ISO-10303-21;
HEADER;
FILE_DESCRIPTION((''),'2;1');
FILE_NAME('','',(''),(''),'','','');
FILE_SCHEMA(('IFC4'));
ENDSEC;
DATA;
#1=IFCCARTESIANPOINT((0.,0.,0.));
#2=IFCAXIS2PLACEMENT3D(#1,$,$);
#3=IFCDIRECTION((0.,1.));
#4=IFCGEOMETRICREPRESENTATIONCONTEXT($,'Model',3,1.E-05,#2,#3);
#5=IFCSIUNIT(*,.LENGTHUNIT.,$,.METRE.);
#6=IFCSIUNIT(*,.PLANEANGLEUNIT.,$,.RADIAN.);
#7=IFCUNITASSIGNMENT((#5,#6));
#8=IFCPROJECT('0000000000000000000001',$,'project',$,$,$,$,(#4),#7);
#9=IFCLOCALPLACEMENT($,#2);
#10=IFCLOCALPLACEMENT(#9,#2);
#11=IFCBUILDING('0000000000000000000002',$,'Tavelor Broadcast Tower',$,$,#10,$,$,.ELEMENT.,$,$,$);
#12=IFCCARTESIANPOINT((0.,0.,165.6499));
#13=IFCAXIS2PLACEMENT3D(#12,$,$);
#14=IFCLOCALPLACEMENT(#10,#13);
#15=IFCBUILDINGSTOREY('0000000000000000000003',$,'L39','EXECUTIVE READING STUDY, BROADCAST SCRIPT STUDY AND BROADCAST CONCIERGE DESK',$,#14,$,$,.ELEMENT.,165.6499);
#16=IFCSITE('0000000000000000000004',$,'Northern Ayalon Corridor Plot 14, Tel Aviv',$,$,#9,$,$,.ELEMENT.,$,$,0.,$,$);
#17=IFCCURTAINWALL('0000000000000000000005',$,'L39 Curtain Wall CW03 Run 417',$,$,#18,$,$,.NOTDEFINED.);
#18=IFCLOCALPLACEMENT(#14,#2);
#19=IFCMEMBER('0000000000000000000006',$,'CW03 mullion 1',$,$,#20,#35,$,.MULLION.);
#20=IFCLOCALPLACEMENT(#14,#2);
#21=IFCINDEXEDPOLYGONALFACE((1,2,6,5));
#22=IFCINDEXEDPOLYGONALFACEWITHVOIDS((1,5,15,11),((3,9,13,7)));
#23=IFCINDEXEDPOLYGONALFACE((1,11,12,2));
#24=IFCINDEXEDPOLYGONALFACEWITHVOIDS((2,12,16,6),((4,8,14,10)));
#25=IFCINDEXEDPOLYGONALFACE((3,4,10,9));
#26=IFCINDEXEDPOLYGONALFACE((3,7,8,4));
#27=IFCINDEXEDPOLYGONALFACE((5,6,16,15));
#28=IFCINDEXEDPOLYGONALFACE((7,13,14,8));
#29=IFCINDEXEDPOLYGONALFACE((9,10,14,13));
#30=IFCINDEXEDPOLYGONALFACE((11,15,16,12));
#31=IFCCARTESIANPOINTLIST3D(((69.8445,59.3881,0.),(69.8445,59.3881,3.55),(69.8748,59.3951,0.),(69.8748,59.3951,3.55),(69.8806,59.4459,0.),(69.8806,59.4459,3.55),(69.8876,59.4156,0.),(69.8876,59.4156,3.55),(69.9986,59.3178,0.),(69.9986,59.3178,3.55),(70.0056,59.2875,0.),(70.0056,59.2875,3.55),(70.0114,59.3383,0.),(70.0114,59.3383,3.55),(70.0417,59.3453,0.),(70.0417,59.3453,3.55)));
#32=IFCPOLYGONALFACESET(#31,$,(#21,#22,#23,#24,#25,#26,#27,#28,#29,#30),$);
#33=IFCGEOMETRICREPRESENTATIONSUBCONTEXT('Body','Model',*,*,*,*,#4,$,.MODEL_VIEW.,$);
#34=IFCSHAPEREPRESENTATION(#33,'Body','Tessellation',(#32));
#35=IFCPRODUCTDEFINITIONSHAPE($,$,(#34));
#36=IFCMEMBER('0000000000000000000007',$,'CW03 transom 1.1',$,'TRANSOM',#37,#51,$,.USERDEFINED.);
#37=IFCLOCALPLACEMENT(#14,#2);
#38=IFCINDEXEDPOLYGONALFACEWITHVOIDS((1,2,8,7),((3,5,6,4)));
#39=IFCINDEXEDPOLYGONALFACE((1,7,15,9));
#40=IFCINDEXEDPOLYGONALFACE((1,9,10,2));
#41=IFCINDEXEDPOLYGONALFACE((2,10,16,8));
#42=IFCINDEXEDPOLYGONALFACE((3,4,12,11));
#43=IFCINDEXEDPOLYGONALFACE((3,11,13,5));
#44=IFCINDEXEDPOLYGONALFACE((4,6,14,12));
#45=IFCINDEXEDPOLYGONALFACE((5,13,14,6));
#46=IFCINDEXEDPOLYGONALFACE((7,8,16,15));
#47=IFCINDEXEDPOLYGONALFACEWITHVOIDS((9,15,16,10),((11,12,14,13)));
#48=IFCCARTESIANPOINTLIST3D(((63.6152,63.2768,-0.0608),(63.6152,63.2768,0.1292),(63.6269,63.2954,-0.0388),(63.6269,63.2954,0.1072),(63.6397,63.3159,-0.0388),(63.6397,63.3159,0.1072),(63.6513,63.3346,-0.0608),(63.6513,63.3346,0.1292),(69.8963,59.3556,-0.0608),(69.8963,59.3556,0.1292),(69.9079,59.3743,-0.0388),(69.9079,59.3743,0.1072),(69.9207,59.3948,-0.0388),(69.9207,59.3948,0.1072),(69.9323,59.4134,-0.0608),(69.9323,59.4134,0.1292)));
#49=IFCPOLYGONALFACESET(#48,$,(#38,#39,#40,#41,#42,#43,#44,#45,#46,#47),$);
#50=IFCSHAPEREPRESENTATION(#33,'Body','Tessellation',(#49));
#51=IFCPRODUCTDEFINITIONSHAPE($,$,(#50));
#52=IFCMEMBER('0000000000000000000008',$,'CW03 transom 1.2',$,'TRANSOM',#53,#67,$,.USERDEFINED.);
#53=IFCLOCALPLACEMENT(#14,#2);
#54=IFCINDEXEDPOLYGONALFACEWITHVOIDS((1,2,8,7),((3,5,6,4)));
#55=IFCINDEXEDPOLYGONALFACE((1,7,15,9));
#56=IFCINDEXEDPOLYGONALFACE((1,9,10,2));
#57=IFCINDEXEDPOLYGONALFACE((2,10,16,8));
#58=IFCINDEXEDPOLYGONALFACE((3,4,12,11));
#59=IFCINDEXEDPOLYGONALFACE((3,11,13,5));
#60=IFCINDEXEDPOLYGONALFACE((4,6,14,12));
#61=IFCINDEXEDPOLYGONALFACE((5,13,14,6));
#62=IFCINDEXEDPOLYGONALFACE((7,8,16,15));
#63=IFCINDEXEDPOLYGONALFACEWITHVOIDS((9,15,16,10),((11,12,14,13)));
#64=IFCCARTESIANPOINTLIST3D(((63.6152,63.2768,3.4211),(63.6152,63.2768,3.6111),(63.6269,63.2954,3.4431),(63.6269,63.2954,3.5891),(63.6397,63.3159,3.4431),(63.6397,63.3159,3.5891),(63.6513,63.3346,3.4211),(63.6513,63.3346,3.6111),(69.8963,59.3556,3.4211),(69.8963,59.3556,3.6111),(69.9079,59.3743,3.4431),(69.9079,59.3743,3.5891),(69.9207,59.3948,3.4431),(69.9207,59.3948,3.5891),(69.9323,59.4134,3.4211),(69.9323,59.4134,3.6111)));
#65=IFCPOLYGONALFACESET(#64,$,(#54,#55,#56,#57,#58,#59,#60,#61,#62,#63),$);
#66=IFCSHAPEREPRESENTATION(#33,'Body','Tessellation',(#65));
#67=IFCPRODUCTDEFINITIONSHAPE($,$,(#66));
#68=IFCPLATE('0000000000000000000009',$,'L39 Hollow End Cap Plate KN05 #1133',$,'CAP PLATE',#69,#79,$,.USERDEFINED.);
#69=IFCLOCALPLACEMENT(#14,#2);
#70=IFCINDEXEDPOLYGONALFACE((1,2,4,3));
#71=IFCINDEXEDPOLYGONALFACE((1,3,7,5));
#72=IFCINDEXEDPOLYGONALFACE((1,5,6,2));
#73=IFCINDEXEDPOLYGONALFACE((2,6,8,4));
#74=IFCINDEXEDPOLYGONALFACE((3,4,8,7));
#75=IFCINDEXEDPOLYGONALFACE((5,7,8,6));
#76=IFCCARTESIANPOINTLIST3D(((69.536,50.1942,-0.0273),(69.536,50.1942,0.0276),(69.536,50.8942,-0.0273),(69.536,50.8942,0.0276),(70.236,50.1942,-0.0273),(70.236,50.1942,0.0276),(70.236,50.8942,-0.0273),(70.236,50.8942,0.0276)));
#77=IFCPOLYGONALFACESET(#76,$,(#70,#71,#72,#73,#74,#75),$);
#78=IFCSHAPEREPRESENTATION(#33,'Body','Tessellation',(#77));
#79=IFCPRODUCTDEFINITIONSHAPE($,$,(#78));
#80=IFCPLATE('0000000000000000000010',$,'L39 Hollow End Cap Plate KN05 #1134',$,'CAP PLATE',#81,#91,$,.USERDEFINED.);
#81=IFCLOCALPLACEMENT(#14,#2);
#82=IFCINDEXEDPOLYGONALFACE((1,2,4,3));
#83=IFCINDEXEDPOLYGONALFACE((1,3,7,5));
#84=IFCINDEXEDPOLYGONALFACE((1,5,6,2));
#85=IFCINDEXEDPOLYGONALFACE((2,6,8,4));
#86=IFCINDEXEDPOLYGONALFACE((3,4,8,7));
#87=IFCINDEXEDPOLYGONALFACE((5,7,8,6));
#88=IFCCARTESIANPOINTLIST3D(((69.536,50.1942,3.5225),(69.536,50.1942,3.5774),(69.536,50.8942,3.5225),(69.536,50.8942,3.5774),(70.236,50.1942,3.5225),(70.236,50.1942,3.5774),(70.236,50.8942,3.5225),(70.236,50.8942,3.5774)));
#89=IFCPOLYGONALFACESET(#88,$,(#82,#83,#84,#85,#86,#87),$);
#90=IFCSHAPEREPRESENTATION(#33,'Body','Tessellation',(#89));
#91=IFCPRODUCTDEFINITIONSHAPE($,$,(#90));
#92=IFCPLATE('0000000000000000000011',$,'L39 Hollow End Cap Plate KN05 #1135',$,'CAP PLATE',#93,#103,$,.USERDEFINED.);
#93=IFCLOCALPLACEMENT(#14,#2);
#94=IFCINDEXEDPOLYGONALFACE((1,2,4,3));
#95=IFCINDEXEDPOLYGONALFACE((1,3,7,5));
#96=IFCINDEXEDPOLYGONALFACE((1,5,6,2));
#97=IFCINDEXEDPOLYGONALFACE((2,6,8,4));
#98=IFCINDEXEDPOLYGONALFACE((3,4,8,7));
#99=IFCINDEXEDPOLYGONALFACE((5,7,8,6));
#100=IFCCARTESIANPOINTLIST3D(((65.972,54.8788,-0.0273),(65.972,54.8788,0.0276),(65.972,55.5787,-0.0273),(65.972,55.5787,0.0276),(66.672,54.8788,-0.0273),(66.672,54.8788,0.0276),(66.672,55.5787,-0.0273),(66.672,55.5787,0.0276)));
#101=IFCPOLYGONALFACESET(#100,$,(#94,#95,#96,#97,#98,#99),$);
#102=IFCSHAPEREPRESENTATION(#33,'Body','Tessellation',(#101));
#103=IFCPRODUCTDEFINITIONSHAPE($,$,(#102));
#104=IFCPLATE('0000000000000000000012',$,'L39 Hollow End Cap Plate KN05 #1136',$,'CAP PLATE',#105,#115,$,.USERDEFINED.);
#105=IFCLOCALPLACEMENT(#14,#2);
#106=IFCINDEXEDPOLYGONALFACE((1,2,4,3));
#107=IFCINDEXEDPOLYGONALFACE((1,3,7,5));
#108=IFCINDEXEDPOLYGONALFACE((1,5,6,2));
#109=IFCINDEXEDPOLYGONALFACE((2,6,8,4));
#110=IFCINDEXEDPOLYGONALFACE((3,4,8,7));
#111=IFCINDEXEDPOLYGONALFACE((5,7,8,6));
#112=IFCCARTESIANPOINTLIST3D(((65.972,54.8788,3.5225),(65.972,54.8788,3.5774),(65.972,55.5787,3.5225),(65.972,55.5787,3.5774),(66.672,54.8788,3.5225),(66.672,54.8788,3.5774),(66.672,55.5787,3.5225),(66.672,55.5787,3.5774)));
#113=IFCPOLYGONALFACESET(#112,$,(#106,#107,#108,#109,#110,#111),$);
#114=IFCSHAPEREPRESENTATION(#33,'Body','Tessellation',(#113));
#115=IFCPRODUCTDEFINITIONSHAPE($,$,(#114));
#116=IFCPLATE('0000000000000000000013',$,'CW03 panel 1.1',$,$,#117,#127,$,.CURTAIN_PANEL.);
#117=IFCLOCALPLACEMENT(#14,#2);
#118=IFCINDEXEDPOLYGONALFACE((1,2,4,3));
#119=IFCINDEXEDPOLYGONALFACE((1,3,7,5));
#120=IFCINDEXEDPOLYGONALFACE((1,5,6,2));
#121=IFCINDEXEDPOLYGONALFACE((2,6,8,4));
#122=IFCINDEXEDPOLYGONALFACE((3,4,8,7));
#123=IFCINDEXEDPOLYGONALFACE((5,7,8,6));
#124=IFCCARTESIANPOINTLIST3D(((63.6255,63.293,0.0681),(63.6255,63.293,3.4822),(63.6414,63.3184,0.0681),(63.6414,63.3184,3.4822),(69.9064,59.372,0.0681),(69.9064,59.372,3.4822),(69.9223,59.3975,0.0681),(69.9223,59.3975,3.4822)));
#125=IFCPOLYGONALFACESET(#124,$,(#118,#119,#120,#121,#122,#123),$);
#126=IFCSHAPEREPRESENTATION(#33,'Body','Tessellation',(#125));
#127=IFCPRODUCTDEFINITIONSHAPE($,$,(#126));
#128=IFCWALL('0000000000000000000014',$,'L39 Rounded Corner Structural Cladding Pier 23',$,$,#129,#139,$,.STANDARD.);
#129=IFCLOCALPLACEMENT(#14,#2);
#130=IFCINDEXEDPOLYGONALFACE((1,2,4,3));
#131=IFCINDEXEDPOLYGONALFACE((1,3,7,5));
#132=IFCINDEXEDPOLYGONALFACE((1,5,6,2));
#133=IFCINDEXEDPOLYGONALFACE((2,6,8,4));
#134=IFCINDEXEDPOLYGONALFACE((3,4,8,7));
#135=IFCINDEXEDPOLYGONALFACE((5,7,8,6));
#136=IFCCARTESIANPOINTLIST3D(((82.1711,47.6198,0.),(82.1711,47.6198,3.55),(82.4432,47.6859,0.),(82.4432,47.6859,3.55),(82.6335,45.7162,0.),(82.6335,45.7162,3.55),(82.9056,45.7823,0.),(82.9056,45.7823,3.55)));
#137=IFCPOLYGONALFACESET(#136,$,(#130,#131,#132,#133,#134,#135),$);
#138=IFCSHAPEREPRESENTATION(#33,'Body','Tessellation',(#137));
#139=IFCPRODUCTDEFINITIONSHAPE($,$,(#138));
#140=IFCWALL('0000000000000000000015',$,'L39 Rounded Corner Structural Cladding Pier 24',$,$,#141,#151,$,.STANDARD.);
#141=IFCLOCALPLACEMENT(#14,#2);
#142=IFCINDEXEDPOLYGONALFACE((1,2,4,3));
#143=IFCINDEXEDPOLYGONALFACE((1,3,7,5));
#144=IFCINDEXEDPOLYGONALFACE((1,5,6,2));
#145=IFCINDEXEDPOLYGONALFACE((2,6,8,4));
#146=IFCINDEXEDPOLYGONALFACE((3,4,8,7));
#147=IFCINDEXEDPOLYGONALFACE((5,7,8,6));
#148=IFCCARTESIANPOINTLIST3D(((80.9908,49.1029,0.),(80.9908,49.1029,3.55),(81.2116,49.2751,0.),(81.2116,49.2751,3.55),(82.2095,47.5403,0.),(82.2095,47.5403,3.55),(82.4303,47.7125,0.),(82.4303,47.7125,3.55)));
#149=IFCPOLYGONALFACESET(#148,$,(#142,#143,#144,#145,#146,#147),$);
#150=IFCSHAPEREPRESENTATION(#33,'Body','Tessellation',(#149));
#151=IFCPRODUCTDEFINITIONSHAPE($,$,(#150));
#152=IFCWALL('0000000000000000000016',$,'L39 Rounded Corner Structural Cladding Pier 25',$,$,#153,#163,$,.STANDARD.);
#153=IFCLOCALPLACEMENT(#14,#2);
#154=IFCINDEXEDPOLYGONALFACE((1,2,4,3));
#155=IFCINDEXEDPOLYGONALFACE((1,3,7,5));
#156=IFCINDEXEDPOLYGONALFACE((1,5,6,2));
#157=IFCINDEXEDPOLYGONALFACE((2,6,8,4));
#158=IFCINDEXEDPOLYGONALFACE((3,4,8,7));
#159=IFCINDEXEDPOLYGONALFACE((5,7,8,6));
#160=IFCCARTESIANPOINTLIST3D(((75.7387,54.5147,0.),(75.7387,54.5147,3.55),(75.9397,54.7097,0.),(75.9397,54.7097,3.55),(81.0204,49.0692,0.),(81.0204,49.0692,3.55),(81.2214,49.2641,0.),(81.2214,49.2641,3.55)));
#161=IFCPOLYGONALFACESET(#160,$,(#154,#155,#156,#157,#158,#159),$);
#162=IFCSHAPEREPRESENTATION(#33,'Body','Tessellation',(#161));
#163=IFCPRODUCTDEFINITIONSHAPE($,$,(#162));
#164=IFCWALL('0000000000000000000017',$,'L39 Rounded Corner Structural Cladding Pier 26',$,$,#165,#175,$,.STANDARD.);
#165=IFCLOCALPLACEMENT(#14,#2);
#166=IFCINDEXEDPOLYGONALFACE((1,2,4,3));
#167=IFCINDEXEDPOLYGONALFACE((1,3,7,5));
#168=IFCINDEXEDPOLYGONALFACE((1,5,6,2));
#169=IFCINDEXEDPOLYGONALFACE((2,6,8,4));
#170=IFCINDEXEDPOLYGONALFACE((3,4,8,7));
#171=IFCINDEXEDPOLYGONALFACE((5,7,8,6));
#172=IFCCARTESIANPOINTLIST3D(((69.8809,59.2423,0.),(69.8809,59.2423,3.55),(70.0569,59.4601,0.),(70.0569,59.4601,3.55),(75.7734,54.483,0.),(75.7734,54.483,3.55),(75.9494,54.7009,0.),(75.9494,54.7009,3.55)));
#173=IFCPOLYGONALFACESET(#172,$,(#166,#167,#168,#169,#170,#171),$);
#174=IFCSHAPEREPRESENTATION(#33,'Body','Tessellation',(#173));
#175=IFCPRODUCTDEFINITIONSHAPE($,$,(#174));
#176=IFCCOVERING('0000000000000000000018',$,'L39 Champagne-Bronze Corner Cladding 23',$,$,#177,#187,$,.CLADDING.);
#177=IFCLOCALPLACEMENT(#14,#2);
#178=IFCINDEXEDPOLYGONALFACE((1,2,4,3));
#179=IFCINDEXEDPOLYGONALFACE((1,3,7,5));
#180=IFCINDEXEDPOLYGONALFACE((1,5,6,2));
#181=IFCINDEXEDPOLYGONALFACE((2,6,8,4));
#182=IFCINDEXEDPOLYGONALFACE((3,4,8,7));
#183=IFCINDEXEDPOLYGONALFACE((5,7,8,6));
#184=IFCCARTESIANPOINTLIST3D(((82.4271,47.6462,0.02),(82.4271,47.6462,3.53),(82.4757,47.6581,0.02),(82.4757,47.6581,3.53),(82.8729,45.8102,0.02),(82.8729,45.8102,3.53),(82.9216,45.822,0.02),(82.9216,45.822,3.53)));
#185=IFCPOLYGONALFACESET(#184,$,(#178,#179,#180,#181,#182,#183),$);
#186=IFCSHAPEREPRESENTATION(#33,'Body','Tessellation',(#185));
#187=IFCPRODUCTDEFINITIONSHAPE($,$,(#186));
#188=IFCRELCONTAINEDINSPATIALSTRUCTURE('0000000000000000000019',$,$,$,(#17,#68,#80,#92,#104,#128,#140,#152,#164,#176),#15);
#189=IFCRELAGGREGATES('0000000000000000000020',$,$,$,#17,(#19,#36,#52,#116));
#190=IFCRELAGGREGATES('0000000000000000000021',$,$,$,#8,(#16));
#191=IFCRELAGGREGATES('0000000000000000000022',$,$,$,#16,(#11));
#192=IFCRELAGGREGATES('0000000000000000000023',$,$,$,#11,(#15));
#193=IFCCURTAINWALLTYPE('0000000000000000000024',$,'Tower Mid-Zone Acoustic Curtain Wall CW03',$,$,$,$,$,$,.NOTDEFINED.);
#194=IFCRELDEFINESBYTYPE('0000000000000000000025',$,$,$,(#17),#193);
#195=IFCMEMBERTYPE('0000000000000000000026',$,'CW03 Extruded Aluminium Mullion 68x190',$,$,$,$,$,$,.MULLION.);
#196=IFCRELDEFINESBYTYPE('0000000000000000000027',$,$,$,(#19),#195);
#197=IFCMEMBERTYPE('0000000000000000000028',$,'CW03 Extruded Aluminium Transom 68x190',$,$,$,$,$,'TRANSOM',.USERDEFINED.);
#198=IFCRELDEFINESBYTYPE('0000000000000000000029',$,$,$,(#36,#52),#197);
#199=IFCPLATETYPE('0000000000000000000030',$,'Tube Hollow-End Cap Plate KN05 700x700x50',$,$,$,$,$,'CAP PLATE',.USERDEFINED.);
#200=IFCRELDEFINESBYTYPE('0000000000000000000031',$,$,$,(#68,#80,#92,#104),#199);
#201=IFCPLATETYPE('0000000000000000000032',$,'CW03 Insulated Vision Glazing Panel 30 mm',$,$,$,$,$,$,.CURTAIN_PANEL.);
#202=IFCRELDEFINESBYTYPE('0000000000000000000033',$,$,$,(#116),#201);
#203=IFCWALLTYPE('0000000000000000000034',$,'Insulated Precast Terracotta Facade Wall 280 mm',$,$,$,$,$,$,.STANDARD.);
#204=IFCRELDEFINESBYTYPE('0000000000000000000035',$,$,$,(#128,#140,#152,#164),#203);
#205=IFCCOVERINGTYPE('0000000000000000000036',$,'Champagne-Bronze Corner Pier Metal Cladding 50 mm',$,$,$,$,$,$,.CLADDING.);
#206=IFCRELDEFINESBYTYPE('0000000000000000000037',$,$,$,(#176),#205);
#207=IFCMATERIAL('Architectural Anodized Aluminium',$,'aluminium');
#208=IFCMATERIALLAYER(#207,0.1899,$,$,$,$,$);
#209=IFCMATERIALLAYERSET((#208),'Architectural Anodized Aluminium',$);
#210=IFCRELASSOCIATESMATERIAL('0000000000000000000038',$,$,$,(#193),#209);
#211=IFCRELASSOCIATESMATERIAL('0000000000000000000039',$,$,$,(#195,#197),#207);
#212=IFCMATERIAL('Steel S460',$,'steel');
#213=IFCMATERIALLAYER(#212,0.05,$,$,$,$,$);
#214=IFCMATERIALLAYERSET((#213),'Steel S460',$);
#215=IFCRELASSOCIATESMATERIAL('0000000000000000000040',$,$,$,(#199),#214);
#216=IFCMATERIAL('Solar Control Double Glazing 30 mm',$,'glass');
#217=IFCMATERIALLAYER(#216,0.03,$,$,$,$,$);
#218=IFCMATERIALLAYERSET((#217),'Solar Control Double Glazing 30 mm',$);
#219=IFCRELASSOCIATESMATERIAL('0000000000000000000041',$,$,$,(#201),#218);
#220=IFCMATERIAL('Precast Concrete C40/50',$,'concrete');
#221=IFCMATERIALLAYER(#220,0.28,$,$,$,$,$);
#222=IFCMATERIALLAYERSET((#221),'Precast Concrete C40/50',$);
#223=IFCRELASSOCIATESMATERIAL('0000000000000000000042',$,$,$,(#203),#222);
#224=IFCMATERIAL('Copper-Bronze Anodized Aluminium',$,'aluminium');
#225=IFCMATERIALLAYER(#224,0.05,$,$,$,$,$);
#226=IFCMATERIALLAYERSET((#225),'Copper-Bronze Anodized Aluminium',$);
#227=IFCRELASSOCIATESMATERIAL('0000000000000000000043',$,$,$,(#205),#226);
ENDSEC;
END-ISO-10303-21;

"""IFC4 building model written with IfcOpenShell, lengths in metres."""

from ifc_helpers import new_model, si_unit, direction, frame, frame_2d, origin, origin_2d, place, context, subcontext, project, spatial, rectangle, hollow_rectangle, extrude, source, transform, mapped, material, layer, layer_set, material_profile, profile_set, type_object, type_shapes, element, aggregate, save


model = new_model("IFC4")

# Units and contexts
model_context = context("Model", 3, precision=1e-05, world=origin(), true_north=direction((0.0, 1.0)))
body_context = subcontext(model_context, "Body", "Model", "MODEL_VIEW")
ifc_project = project(units=[si_unit("LENGTHUNIT", "METRE"), si_unit("PLANEANGLEUNIT", "RADIAN")], contexts=[model_context])

# Site, building, storey
site_placement = place(None, origin())
site = spatial("IfcSite", under=ifc_project, at=site_placement, Name="Northern Ayalon Corridor Plot 14, Tel Aviv", CompositionType="ELEMENT", RefElevation=0.0)
building_placement = place(site_placement, origin())
building = spatial("IfcBuilding", under=site, at=building_placement, Name="Tavelor Broadcast Tower", CompositionType="ELEMENT")
storey_placement = place(building_placement, frame((0.0, 0.0, 165.6499)))
storey = spatial("IfcBuildingStorey", under=building, at=storey_placement, Name="L39", Description="EXECUTIVE READING STUDY, BROADCAST SCRIPT STUDY AND BROADCAST CONCIERGE DESK", CompositionType="ELEMENT", Elevation=165.6499)

# Shared definitions
ifc_material_1 = material(Name="Steel S460", Category="steel")

# Curtain wall, members
ifc_material_2 = material(Name="Architectural Anodized Aluminium", Category="aluminium")
ifc_layer_1 = layer(ifc_material_2, 0.1899)
ifc_layer_set_1 = layer_set([ifc_layer_1], Name="Architectural Anodized Aluminium")
curtain_wall_type = type_object("IfcCurtainWallType", Name="Tower Mid-Zone Acoustic Curtain Wall CW03", PredefinedType="NOTDEFINED", material=ifc_layer_set_1)
curtain_wall_placement = place(storey_placement, origin())
curtain_wall = element("IfcCurtainWall", 1, at=curtain_wall_placement, inside=storey, type_object=curtain_wall_type, Name="L39 Curtain Wall CW03 Run 417", PredefinedType="NOTDEFINED")
ifc_material_profile_1 = material_profile(ifc_material_2, hollow_rectangle(XDim=0.0681, YDim=0.1899, WallThickness=0.022, at=origin_2d()), Name="RHS 68x190x22")
ifc_profile_set_1 = profile_set([ifc_material_profile_1], Name="Architectural Anodized Aluminium")
member_type_1 = type_object("IfcMemberType", Name="CW03 Extruded Aluminium Mullion 68x190", PredefinedType="MULLION", material=ifc_profile_set_1)
shared_shape_1 = source(origin(), body_context, "Body", "SweptSolid", [
    extrude(hollow_rectangle(XDim=0.0681, YDim=0.1899, WallThickness=0.022, at=origin_2d()), origin(), (0.0, 0.0, 1.0), 3.55),
])
type_shapes(member_type_1, [shared_shape_1])
member_1_placement = place(storey_placement, frame((69.9431, 59.3667, 0.0), z_axis=(0.0, 0.0, 1.0), x_axis=(-0.529552, -0.848278, 0.0)))
member_1 = element("IfcMember", 2, at=member_1_placement, type_object=member_type_1, Name="CW03 mullion 1", PredefinedType="MULLION", context=body_context, shape_type="MappedRepresentation", body=[
    mapped(shared_shape_1, transform((0.0, 0.0, 0.0), scale=1.0)),
])
ifc_material_profile_2 = material_profile(ifc_material_2, hollow_rectangle(XDim=0.0681, YDim=0.1899, WallThickness=0.022, at=origin_2d()), Name="RHS 68x190x22")
ifc_profile_set_2 = profile_set([ifc_material_profile_2], Name="Architectural Anodized Aluminium")
member_type_2 = type_object("IfcMemberType", Name="CW03 Extruded Aluminium Transom 68x190", ElementType="TRANSOM", PredefinedType="USERDEFINED", material=ifc_profile_set_2)
shared_shape_2 = source(origin(), body_context, "Body", "SweptSolid", [
    extrude(hollow_rectangle(XDim=0.0681, YDim=0.1899, WallThickness=0.022, at=origin_2d()), origin(), (0.0, 0.0, 1.0), 7.4045),
])
type_shapes(member_type_2, [shared_shape_2])
member_2_placement = place(storey_placement, frame((69.9143, 59.3845, 0.0342), z_axis=(-0.84827, 0.529563, 0.0), x_axis=(-0.529563, -0.84827, 0.0)))
member_2 = element("IfcMember", 3, at=member_2_placement, type_object=member_type_2, Name="CW03 transom 1.1", ObjectType="TRANSOM", PredefinedType="USERDEFINED", context=body_context, shape_type="MappedRepresentation", body=[
    mapped(shared_shape_2, transform((0.0, 0.0, 0.0), scale=1.0)),
])
member_3_placement = place(storey_placement, frame((69.9143, 59.3845, 3.5161), z_axis=(-0.84827, 0.529563, 0.0), x_axis=(-0.529563, -0.84827, 0.0)))
member_3 = element("IfcMember", 4, at=member_3_placement, type_object=member_type_2, Name="CW03 transom 1.2", ObjectType="TRANSOM", PredefinedType="USERDEFINED", context=body_context, shape_type="MappedRepresentation", body=[
    mapped(shared_shape_2, transform((0.0, 0.0, 0.0), scale=1.0)),
])

# Plates
ifc_layer_2 = layer(ifc_material_1, 0.05)
ifc_layer_set_2 = layer_set([ifc_layer_2], Name="Steel S460")
plate_type_1 = type_object("IfcPlateType", Name="Tube Hollow-End Cap Plate KN05 700x700x50", ElementType="CAP PLATE", PredefinedType="USERDEFINED", material=ifc_layer_set_2)
shared_shape_3 = source(origin(), body_context, "Body", "SweptSolid", [
    extrude(rectangle(XDim=0.7, YDim=0.7, at=origin_2d()), origin(), (0.0, 0.0, 1.0), 0.0549),
])
type_shapes(plate_type_1, [shared_shape_3])
for number, where, z_axis, x_axis, name in (
    (5, (69.886, 50.5442, -0.0273), (0.0, 0.0, 1.0), (1.0, 0.0, 0.0), "L39 Hollow End Cap Plate KN05 #1133"),
    (6, (69.886, 50.5442, 3.5225), (0.0, 0.0, 1.0), (1.0, 0.0, 0.0), "L39 Hollow End Cap Plate KN05 #1134"),
    (7, (66.322, 55.2288, -0.0273), (0.0, 0.0, 1.0), (1.0, 0.0, 0.0), "L39 Hollow End Cap Plate KN05 #1135"),
    (8, (66.322, 55.2288, 3.5225), (0.0, 0.0, 1.0), (1.0, 0.0, 0.0), "L39 Hollow End Cap Plate KN05 #1136"),
):
    element("IfcPlate", number, at=place(storey_placement, frame(where, z_axis=z_axis, x_axis=x_axis)), inside=storey, type_object=plate_type_1, Name=name, ObjectType="CAP PLATE", PredefinedType="USERDEFINED", context=body_context, shape_type="MappedRepresentation", body=[
        mapped(shared_shape_3, transform((0.0, 0.0, 0.0), scale=1.0)),
    ])

# Plate
ifc_material_3 = material(Name="Solar Control Double Glazing 30 mm", Category="glass")
ifc_layer_3 = layer(ifc_material_3, 0.03)
ifc_layer_set_3 = layer_set([ifc_layer_3], Name="Solar Control Double Glazing 30 mm")
plate_type_2 = type_object("IfcPlateType", Name="CW03 Insulated Vision Glazing Panel 30 mm", PredefinedType="CURTAIN_PANEL", material=ifc_layer_set_3)
shared_shape_4 = source(origin(), body_context, "Body", "SweptSolid", [
    extrude(rectangle(XDim=7.4043, YDim=0.03, at=origin_2d()), origin(), (0.0, 0.0, 1.0), 3.4141),
])
type_shapes(plate_type_2, [shared_shape_4])
plate_placement = place(storey_placement, frame((66.7739, 61.3452, 0.0681), z_axis=(0.0, 0.0, 1.0), x_axis=(-0.848278, 0.529552, 0.0)))
plate = element("IfcPlate", 9, at=plate_placement, type_object=plate_type_2, Name="CW03 panel 1.1", PredefinedType="CURTAIN_PANEL", context=body_context, shape_type="MappedRepresentation", body=[
    mapped(shared_shape_4, transform((0.0, 0.0, 0.0), scale=1.0)),
])
aggregate(curtain_wall, [member_1, member_2, member_3, plate])

# Walls
ifc_material_4 = material(Name="Precast Concrete C40/50", Category="concrete")
ifc_layer_4 = layer(ifc_material_4, 0.28)
ifc_layer_set_4 = layer_set([ifc_layer_4], Name="Precast Concrete C40/50")
wall_type = type_object("IfcWallType", Name="Insulated Precast Terracotta Facade Wall 280 mm", PredefinedType="STANDARD", material=ifc_layer_set_4)
wall_1_placement = place(storey_placement, frame((82.7695, 45.7493, 0.0), z_axis=(0.0, 0.0, 1.0), x_axis=(-0.236049, 0.971741, 0.0)))
element("IfcWall", 10, at=wall_1_placement, inside=storey, type_object=wall_type, Name="L39 Rounded Corner Structural Cladding Pier 23", PredefinedType="STANDARD", context=body_context, shape_type="SweptSolid", body=[
    extrude(rectangle(XDim=1.959, YDim=0.28, at=frame_2d((0.9795, 0.0))), origin(), (0.0, 0.0, 1.0), 3.55),
])
wall_2_placement = place(storey_placement, frame((82.3198, 47.6265, 0.0), z_axis=(0.0, 0.0, 1.0), x_axis=(-0.614972, 0.788549, 0.0)))
element("IfcWall", 11, at=wall_2_placement, inside=storey, type_object=wall_type, Name="L39 Rounded Corner Structural Cladding Pier 24", PredefinedType="STANDARD", context=body_context, shape_type="SweptSolid", body=[
    extrude(rectangle(XDim=1.9817, YDim=0.28, at=frame_2d((0.9907, 0.0))), origin(), (0.0, 0.0, 1.0), 3.55),
])
wall_3_placement = place(storey_placement, frame((81.1208, 49.1667, 0.0), z_axis=(0.0, 0.0, 1.0), x_axis=(-0.696227, 0.717821, 0.0)))
element("IfcWall", 12, at=wall_3_placement, inside=storey, type_object=wall_type, Name="L39 Rounded Corner Structural Cladding Pier 25", PredefinedType="STANDARD", context=body_context, shape_type="SweptSolid", body=[
    extrude(rectangle(XDim=7.5862, YDim=0.28, at=frame_2d((3.793, 0.0))), origin(), (0.0, 0.0, 1.0), 3.55),
])
wall_4_placement = place(storey_placement, frame((75.8613, 54.592, 0.0), z_axis=(0.0, 0.0, 1.0), x_axis=(-0.777948, 0.628328, 0.0)))
element("IfcWall", 13, at=wall_4_placement, inside=storey, type_object=wall_type, Name="L39 Rounded Corner Structural Cladding Pier 26", PredefinedType="STANDARD", context=body_context, shape_type="SweptSolid", body=[
    extrude(rectangle(XDim=7.5745, YDim=0.28, at=frame_2d((3.7871, 0.0))), origin(), (0.0, 0.0, 1.0), 3.55),
])

# Covering
ifc_material_5 = material(Name="Copper-Bronze Anodized Aluminium", Category="aluminium")
ifc_layer_5 = layer(ifc_material_5, 0.05)
ifc_layer_set_5 = layer_set([ifc_layer_5], Name="Copper-Bronze Anodized Aluminium")
covering_type = type_object("IfcCoveringType", Name="Champagne-Bronze Corner Pier Metal Cladding 50 mm", PredefinedType="CLADDING", material=ifc_layer_set_5)
covering_placement = place(storey_placement, frame((82.6743, 46.7341, 0.02), z_axis=(0.0, 0.0, 1.0), x_axis=(-0.23599, 0.971755, 0.0)))
element("IfcCovering", 14, at=covering_placement, inside=storey, type_object=covering_type, Name="L39 Champagne-Bronze Corner Cladding 23", PredefinedType="CLADDING", context=body_context, shape_type="SweptSolid", body=[
    extrude(rectangle(XDim=1.8894, YDim=0.05, at=origin_2d()), origin(), (0.0, 0.0, 1.0), 3.51),
])

save(model, "model.ifc")
